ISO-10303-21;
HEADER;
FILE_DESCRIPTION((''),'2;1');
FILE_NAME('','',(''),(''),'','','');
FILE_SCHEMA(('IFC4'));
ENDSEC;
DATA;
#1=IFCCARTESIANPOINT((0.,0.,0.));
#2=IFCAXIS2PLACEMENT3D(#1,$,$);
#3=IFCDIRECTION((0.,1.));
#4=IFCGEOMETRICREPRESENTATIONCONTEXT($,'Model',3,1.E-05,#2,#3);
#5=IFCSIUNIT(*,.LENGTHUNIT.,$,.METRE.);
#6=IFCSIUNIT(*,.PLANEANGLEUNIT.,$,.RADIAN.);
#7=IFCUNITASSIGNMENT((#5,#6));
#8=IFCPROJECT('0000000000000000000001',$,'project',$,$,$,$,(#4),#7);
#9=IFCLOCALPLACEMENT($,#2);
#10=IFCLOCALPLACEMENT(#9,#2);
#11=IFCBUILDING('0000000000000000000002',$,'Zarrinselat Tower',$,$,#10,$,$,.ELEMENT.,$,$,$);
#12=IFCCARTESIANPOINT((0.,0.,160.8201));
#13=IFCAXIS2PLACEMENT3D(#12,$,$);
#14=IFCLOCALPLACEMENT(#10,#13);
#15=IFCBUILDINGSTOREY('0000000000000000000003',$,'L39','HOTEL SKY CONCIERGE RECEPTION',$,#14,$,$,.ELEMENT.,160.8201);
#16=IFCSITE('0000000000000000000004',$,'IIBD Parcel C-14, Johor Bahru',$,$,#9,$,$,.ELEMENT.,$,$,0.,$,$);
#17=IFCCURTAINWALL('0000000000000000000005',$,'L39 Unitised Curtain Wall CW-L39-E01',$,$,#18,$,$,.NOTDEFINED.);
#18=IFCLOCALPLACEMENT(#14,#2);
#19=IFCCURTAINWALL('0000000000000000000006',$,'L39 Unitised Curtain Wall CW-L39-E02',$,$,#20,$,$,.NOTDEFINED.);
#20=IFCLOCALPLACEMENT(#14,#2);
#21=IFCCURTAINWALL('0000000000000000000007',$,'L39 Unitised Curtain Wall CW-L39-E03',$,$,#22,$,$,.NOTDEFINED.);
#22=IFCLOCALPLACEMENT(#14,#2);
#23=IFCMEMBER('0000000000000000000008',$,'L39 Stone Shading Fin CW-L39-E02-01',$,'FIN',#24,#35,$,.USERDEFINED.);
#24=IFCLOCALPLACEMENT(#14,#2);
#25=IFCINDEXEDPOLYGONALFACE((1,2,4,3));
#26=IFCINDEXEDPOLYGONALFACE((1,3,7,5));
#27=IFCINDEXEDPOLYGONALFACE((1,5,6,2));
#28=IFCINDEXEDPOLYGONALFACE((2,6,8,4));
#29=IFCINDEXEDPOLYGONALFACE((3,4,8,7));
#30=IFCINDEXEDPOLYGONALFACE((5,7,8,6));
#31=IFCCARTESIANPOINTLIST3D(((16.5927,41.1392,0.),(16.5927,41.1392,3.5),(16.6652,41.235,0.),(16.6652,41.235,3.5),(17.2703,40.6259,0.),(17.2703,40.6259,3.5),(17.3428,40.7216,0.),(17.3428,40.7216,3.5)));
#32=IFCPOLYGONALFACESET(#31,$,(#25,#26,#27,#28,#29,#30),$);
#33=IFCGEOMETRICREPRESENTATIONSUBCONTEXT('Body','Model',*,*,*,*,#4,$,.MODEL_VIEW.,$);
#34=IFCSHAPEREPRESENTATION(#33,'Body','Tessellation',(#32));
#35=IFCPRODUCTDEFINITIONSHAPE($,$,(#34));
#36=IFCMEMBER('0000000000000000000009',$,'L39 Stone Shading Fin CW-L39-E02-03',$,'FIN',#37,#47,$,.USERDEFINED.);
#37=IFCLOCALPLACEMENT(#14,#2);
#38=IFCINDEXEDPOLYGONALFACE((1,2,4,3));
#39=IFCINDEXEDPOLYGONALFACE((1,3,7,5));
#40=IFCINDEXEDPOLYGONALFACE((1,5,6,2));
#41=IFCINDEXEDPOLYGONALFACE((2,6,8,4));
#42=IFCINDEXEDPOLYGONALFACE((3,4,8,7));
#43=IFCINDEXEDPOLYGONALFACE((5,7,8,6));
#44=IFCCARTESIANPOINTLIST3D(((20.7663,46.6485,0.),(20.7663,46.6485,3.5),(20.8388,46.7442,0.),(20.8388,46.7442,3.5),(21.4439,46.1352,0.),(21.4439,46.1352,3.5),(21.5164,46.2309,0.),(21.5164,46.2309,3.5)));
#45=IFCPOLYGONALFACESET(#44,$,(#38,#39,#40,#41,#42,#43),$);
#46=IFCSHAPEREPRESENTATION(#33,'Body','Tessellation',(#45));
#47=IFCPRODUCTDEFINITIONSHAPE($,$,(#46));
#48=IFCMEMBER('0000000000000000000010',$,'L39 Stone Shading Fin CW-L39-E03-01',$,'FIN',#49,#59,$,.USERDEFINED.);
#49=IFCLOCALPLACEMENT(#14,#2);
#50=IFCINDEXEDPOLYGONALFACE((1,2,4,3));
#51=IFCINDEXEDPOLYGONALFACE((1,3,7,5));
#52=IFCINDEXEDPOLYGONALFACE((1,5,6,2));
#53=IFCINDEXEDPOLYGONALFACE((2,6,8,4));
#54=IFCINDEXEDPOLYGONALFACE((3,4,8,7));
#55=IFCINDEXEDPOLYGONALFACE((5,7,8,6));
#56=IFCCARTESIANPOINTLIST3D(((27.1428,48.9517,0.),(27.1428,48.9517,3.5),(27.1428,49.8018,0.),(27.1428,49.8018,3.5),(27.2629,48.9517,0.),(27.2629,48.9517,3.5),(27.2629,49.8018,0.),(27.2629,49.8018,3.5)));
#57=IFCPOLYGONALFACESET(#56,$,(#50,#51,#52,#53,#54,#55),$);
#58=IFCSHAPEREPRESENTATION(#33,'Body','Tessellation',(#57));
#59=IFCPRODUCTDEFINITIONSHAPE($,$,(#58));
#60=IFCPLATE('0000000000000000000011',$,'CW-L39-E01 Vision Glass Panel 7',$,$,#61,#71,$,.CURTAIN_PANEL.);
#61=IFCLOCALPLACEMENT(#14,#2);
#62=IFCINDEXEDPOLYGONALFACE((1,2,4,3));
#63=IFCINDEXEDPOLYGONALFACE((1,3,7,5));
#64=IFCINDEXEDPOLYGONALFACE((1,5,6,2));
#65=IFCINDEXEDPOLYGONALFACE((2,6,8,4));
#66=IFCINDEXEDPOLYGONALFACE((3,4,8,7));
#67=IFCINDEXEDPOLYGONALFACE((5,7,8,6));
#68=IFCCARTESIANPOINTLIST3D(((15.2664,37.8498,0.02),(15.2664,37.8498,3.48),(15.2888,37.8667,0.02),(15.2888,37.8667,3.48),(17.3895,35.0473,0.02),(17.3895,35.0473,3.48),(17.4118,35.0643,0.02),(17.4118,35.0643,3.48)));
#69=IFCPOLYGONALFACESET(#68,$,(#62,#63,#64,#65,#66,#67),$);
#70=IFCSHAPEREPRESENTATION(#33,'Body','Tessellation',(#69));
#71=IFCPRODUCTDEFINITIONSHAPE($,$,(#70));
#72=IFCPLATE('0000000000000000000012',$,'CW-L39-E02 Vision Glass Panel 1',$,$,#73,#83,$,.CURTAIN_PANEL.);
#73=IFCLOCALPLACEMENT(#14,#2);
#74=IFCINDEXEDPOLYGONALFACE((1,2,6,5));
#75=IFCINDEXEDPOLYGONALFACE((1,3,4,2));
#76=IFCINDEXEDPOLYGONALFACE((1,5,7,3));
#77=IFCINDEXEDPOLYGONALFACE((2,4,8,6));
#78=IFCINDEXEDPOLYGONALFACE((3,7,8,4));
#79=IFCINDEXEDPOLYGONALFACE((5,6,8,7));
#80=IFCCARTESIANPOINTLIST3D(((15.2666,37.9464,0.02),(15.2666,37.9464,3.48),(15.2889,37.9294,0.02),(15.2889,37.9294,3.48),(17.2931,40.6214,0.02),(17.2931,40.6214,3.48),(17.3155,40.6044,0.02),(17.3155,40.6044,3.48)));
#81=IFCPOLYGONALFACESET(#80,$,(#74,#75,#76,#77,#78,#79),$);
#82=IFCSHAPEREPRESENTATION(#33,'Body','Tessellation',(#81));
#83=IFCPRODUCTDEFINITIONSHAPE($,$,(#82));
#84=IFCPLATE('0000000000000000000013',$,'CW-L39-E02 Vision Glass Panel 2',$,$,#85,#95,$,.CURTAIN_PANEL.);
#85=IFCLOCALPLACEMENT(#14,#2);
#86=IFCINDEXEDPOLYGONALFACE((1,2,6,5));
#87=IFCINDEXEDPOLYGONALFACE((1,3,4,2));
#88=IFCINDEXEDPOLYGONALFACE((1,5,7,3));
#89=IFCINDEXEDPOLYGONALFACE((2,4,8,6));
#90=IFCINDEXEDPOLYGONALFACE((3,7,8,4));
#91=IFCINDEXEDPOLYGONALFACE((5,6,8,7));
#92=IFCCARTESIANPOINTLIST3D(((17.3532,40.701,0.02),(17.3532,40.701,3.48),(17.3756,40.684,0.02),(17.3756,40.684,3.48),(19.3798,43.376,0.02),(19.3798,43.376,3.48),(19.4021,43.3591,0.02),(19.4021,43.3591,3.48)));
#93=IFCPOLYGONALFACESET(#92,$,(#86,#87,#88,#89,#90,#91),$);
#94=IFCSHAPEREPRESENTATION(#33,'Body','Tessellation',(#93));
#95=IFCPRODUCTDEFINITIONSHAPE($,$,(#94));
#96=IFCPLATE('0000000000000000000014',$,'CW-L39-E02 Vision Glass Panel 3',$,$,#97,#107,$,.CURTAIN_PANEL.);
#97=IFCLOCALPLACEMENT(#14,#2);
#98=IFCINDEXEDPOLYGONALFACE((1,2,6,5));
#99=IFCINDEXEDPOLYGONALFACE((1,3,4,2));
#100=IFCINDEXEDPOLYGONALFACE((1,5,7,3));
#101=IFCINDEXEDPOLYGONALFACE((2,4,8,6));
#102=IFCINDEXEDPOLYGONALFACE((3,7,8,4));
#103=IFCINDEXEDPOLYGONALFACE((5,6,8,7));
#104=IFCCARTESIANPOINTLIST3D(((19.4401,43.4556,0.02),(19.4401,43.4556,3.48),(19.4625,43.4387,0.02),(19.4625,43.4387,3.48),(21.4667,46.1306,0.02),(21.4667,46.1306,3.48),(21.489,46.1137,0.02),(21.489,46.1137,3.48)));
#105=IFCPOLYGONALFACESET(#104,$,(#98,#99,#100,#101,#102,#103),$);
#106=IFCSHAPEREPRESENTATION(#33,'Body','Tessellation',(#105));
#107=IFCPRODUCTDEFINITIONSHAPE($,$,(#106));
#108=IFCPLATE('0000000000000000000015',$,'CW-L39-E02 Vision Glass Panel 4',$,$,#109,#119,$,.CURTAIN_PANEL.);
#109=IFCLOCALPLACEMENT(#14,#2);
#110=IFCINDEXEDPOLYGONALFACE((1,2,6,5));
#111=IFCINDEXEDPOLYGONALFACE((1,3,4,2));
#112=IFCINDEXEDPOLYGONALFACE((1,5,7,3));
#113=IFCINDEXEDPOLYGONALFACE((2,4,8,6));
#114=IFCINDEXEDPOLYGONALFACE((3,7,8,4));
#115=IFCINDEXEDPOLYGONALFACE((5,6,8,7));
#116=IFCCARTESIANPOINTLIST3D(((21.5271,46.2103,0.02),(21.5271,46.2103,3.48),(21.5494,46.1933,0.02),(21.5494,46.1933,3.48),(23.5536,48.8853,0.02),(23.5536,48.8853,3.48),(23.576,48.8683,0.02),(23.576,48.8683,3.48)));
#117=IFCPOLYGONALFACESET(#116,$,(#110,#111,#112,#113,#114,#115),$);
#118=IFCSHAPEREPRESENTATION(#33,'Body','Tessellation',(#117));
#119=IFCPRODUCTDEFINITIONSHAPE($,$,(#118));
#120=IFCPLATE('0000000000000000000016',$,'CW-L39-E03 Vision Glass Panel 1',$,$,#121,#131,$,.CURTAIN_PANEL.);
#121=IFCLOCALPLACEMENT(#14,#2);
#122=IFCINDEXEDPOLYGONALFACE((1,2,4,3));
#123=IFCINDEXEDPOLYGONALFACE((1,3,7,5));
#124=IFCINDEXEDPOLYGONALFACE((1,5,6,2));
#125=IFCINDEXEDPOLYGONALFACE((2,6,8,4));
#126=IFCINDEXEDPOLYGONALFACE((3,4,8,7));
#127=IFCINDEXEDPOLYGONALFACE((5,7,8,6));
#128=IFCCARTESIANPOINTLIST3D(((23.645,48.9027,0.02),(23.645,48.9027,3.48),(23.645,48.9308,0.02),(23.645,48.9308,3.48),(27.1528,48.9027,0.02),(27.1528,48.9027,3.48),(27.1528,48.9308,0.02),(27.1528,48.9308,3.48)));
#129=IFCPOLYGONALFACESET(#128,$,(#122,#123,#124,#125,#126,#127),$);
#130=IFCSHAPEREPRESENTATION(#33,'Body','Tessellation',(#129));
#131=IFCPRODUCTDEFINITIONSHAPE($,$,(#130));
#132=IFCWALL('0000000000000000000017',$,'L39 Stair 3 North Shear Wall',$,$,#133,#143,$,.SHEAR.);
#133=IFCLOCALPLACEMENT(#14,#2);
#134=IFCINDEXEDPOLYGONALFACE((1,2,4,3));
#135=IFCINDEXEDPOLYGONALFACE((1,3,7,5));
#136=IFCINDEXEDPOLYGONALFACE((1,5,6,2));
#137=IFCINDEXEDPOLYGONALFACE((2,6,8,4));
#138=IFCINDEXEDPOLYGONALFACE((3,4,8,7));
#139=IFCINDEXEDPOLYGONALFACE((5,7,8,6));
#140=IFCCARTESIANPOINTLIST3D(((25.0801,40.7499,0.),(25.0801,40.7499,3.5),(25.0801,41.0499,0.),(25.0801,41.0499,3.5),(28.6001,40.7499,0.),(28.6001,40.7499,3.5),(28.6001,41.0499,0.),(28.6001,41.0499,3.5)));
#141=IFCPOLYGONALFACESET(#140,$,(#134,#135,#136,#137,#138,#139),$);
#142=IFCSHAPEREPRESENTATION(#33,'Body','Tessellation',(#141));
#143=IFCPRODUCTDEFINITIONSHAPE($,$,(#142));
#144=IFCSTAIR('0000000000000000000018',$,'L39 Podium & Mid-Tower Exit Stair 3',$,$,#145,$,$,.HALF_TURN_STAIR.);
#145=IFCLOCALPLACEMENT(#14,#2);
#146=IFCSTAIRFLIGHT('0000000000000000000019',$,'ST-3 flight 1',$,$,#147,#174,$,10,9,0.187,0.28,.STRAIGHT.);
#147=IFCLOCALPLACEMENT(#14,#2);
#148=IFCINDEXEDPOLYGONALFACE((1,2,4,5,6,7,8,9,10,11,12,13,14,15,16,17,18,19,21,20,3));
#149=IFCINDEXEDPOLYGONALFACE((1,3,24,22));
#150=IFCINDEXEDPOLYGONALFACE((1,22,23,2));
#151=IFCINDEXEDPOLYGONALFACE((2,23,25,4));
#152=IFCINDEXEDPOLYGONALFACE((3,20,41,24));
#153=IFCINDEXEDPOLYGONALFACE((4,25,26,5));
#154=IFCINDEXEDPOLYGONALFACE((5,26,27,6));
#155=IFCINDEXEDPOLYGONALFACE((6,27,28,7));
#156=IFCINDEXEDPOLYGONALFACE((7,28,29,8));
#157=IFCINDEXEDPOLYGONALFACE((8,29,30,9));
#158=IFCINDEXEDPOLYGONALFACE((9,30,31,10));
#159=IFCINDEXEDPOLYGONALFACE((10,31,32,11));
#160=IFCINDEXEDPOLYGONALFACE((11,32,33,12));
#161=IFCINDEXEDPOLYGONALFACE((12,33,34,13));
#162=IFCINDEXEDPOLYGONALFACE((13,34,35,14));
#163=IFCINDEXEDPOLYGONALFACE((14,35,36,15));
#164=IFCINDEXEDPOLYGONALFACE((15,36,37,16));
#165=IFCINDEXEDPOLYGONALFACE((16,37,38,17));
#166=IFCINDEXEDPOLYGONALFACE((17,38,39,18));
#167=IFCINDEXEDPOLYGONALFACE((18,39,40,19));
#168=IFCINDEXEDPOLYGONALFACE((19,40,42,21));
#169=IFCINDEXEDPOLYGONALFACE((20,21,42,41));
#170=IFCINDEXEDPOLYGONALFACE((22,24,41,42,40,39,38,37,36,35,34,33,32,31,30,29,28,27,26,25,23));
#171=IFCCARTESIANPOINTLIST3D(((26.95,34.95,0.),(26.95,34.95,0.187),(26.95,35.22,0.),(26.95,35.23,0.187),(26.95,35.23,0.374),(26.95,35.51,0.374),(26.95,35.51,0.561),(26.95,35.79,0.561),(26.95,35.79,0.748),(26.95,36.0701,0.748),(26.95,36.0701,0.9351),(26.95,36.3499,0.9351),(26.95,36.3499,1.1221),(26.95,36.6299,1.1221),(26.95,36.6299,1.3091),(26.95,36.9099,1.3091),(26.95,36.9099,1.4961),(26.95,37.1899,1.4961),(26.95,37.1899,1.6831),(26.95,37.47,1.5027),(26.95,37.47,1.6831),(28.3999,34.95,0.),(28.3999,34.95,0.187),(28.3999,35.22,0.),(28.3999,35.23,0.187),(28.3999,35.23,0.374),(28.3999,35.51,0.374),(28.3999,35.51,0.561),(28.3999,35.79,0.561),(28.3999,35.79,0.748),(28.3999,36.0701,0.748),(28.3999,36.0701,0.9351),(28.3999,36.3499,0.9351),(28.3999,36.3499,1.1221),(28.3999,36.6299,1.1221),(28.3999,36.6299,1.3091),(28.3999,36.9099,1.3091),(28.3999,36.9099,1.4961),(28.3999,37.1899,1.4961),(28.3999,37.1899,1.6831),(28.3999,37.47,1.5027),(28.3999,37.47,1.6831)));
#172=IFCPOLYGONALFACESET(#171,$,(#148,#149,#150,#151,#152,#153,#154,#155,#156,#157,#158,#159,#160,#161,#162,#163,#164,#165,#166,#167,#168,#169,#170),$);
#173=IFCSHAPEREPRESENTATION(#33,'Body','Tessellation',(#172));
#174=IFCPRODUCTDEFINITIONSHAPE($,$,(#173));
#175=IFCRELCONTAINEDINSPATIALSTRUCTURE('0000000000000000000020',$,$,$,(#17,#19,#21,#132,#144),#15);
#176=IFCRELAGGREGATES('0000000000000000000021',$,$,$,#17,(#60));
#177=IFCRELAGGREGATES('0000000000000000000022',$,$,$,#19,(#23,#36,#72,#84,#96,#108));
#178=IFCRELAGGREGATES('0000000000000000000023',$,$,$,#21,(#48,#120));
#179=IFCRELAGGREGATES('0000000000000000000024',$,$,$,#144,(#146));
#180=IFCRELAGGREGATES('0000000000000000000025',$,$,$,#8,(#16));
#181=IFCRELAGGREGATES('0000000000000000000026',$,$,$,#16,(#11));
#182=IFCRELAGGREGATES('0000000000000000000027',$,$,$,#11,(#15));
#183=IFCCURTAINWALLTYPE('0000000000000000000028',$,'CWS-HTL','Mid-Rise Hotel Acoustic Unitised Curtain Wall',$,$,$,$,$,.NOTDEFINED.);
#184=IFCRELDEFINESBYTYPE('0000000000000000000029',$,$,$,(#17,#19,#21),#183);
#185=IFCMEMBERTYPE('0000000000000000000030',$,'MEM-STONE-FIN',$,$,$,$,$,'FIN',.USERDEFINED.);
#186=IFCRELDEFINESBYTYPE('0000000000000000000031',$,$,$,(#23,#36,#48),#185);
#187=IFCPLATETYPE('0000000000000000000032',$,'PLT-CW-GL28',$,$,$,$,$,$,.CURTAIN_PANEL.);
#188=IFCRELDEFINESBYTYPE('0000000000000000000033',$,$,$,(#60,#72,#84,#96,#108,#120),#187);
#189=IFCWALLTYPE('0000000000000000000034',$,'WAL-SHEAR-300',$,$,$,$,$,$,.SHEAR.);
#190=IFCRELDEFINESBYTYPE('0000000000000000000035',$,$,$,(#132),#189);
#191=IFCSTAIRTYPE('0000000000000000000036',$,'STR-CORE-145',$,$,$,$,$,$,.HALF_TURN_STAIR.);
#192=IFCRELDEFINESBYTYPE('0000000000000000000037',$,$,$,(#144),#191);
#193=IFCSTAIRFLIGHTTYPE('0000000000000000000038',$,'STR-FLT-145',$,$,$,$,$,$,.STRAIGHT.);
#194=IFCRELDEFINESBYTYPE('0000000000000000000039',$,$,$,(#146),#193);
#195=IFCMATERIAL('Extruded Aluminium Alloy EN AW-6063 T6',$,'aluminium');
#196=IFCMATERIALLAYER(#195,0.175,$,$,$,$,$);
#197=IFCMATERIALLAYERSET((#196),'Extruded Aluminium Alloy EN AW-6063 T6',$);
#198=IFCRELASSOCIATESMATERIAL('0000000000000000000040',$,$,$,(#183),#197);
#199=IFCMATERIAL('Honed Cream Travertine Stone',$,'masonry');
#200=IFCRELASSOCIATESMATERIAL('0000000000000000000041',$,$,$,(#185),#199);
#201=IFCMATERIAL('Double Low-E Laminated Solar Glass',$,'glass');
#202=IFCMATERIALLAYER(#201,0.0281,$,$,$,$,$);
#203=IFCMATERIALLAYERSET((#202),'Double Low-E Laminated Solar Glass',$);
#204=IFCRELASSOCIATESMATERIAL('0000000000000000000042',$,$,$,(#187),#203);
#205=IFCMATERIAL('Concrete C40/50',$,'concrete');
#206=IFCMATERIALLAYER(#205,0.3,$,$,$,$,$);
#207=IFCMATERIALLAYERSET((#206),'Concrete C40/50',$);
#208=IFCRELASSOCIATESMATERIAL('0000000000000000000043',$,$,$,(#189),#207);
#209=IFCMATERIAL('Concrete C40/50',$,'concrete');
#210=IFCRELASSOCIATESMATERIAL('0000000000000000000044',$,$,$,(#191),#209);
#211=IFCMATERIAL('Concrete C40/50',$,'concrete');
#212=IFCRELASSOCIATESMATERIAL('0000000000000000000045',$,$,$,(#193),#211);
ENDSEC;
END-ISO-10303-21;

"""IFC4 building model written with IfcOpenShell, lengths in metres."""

from ifc_helpers import new_model, si_unit, direction, frame, frame_2d, origin, origin_2d, place, context, subcontext, project, spatial, polyline, rectangle, outline, extrude, material, layer, layer_set, material_profile, profile_set, type_object, element, aggregate, save


model = new_model("IFC4")

# Units and contexts
model_context = context("Model", 3, precision=1e-05, world=origin(), true_north=direction((0.0, 1.0)))
body_context = subcontext(model_context, "Body", "Model", "MODEL_VIEW")
ifc_project = project(units=[si_unit("LENGTHUNIT", "METRE"), si_unit("PLANEANGLEUNIT", "RADIAN")], contexts=[model_context])

# Site, building, storey
site_placement = place(None, origin())
site = spatial("IfcSite", under=ifc_project, at=site_placement, Name="IIBD Parcel C-14, Johor Bahru", CompositionType="ELEMENT", RefElevation=0.0)
building_placement = place(site_placement, origin())
building = spatial("IfcBuilding", under=site, at=building_placement, Name="Zarrinselat Tower", CompositionType="ELEMENT")
storey_placement = place(building_placement, frame((0.0, 0.0, 160.8201)))
storey = spatial("IfcBuildingStorey", under=building, at=storey_placement, Name="L39", Description="HOTEL SKY CONCIERGE RECEPTION", CompositionType="ELEMENT", Elevation=160.8201)

# Curtain walls
ifc_material_1 = material(Name="Extruded Aluminium Alloy EN AW-6063 T6", Category="aluminium")
ifc_layer_1 = layer(ifc_material_1, 0.175)
ifc_layer_set_1 = layer_set([ifc_layer_1], Name="Extruded Aluminium Alloy EN AW-6063 T6")
curtain_wall_type = type_object("IfcCurtainWallType", Name="CWS-HTL", Description="Mid-Rise Hotel Acoustic Unitised Curtain Wall", PredefinedType="NOTDEFINED", material=ifc_layer_set_1)
curtain_wall_1_placement = place(storey_placement, origin())
curtain_wall_1 = element("IfcCurtainWall", 1, at=curtain_wall_1_placement, inside=storey, type_object=curtain_wall_type, Name="L39 Unitised Curtain Wall CW-L39-E01", PredefinedType="NOTDEFINED")
curtain_wall_2_placement = place(storey_placement, origin())
curtain_wall_2 = element("IfcCurtainWall", 2, at=curtain_wall_2_placement, inside=storey, type_object=curtain_wall_type, Name="L39 Unitised Curtain Wall CW-L39-E02", PredefinedType="NOTDEFINED")

# Curtain wall
curtain_wall_3_placement = place(storey_placement, origin())
curtain_wall_3 = element("IfcCurtainWall", 3, at=curtain_wall_3_placement, inside=storey, type_object=curtain_wall_type, Name="L39 Unitised Curtain Wall CW-L39-E03", PredefinedType="NOTDEFINED")

# Members
ifc_material_2 = material(Name="Honed Cream Travertine Stone", Category="masonry")
ifc_material_profile_1 = material_profile(ifc_material_2, rectangle(XDim=0.1201, YDim=0.8501, at=origin_2d()), Name="FIN 850x120")
ifc_profile_set_1 = profile_set([ifc_material_profile_1], Name="Honed Cream Travertine Stone")
member_type_1 = type_object("IfcMemberType", Name="MEM-STONE-FIN", ElementType="FIN", PredefinedType="USERDEFINED", material=ifc_profile_set_1)
member_1_placement = place(storey_placement, frame((16.9678, 40.9304, 0.0), z_axis=(0.0, 0.0, 1.0), x_axis=(0.603858, 0.797092, 0.0)))
member_1 = element("IfcMember", 4, at=member_1_placement, type_object=member_type_1, Name="L39 Stone Shading Fin CW-L39-E02-01", ObjectType="FIN", PredefinedType="USERDEFINED", context=body_context, shape_type="SweptSolid", body=[
    extrude(rectangle(XDim=0.1201, YDim=0.8501, at=origin_2d()), origin(), (0.0, 0.0, 1.0), 3.5),
])
member_2_placement = place(storey_placement, frame((21.1414, 46.4397, 0.0), z_axis=(0.0, 0.0, 1.0), x_axis=(0.603858, 0.797092, 0.0)))
member_2 = element("IfcMember", 5, at=member_2_placement, type_object=member_type_1, Name="L39 Stone Shading Fin CW-L39-E02-03", ObjectType="FIN", PredefinedType="USERDEFINED", context=body_context, shape_type="SweptSolid", body=[
    extrude(rectangle(XDim=0.1201, YDim=0.8501, at=origin_2d()), origin(), (0.0, 0.0, 1.0), 3.5),
])
member_3_placement = place(storey_placement, frame((27.2029, 49.3767, 0.0), z_axis=(0.0, 0.0, 1.0), x_axis=(1.0, 0.0, 0.0)))
member_3 = element("IfcMember", 6, at=member_3_placement, type_object=member_type_1, Name="L39 Stone Shading Fin CW-L39-E03-01", ObjectType="FIN", PredefinedType="USERDEFINED", context=body_context, shape_type="SweptSolid", body=[
    extrude(rectangle(XDim=0.1201, YDim=0.8501, at=origin_2d()), origin(), (0.0, 0.0, 1.0), 3.5),
])

# Plates
ifc_material_3 = material(Name="Double Low-E Laminated Solar Glass", Category="glass")
ifc_layer_2 = layer(ifc_material_3, 0.0281)
ifc_layer_set_2 = layer_set([ifc_layer_2], Name="Double Low-E Laminated Solar Glass")
plate_type = type_object("IfcPlateType", Name="PLT-CW-GL28", PredefinedType="CURTAIN_PANEL", material=ifc_layer_set_2)
plate_1_placement = place(storey_placement, frame((16.3391, 36.457, 0.02), z_axis=(0.0, 0.0, 1.0), x_axis=(-0.603858, 0.797092, 0.0)))
plate_1 = element("IfcPlate", 7, at=plate_1_placement, type_object=plate_type, Name="CW-L39-E01 Vision Glass Panel 7", PredefinedType="CURTAIN_PANEL", context=body_context, shape_type="SweptSolid", body=[
    extrude(rectangle(XDim=3.5159, YDim=0.0281, at=origin_2d()), origin(), (0.0, 0.0, 1.0), 3.46),
])
aggregate(curtain_wall_1, [plate_1])
plate_2_placement = place(storey_placement, frame((16.291, 39.2754, 0.02), z_axis=(0.0, 0.0, 1.0), x_axis=(0.603858, 0.797092, 0.0)))
plate_2 = element("IfcPlate", 8, at=plate_2_placement, type_object=plate_type, Name="CW-L39-E02 Vision Glass Panel 1", PredefinedType="CURTAIN_PANEL", context=body_context, shape_type="SweptSolid", body=[
    extrude(rectangle(XDim=3.356, YDim=0.0281, at=origin_2d()), origin(), (0.0, 0.0, 1.0), 3.46),
])
plate_3_placement = place(storey_placement, frame((18.3777, 42.03, 0.02), z_axis=(0.0, 0.0, 1.0), x_axis=(0.603858, 0.797092, 0.0)))
plate_3 = element("IfcPlate", 9, at=plate_3_placement, type_object=plate_type, Name="CW-L39-E02 Vision Glass Panel 2", PredefinedType="CURTAIN_PANEL", context=body_context, shape_type="SweptSolid", body=[
    extrude(rectangle(XDim=3.356, YDim=0.0281, at=origin_2d()), origin(), (0.0, 0.0, 1.0), 3.46),
])
plate_4_placement = place(storey_placement, frame((20.4646, 44.7847, 0.02), z_axis=(0.0, 0.0, 1.0), x_axis=(0.603858, 0.797092, 0.0)))
plate_4 = element("IfcPlate", 10, at=plate_4_placement, type_object=plate_type, Name="CW-L39-E02 Vision Glass Panel 3", PredefinedType="CURTAIN_PANEL", context=body_context, shape_type="SweptSolid", body=[
    extrude(rectangle(XDim=3.356, YDim=0.0281, at=origin_2d()), origin(), (0.0, 0.0, 1.0), 3.46),
])
plate_5_placement = place(storey_placement, frame((22.5515, 47.5393, 0.02), z_axis=(0.0, 0.0, 1.0), x_axis=(0.603858, 0.797092, 0.0)))
plate_5 = element("IfcPlate", 11, at=plate_5_placement, type_object=plate_type, Name="CW-L39-E02 Vision Glass Panel 4", PredefinedType="CURTAIN_PANEL", context=body_context, shape_type="SweptSolid", body=[
    extrude(rectangle(XDim=3.356, YDim=0.0281, at=origin_2d()), origin(), (0.0, 0.0, 1.0), 3.46),
])
aggregate(curtain_wall_2, [member_1, member_2, plate_2, plate_3, plate_4, plate_5])
plate_6_placement = place(storey_placement, frame((25.3989, 48.9167, 0.02), z_axis=(0.0, 0.0, 1.0), x_axis=(1.0, 0.0, 0.0)))
plate_6 = element("IfcPlate", 12, at=plate_6_placement, type_object=plate_type, Name="CW-L39-E03 Vision Glass Panel 1", PredefinedType="CURTAIN_PANEL", context=body_context, shape_type="SweptSolid", body=[
    extrude(rectangle(XDim=3.5078, YDim=0.0281, at=origin_2d()), origin(), (0.0, 0.0, 1.0), 3.46),
])
aggregate(curtain_wall_3, [member_3, plate_6])

# Wall
ifc_material_4 = material(Name="Concrete C40/50", Category="concrete")
ifc_layer_3 = layer(ifc_material_4, 0.3)
ifc_layer_set_3 = layer_set([ifc_layer_3], Name="Concrete C40/50")
wall_type = type_object("IfcWallType", Name="WAL-SHEAR-300", PredefinedType="SHEAR", material=ifc_layer_set_3)
wall_placement = place(storey_placement, frame((25.0801, 40.8999, 0.0), z_axis=(0.0, 0.0, 1.0), x_axis=(1.0, 0.0, 0.0)))
element("IfcWall", 13, at=wall_placement, inside=storey, type_object=wall_type, Name="L39 Stair 3 North Shear Wall", PredefinedType="SHEAR", context=body_context, shape_type="SweptSolid", body=[
    extrude(rectangle(XDim=3.52, YDim=0.3, at=frame_2d((1.76, 0.0))), origin(), (0.0, 0.0, 1.0), 3.5),
])

# Stair, stair flight
ifc_material_5 = material(Name="Concrete C40/50", Category="concrete")
stair_type = type_object("IfcStairType", Name="STR-CORE-145", PredefinedType="HALF_TURN_STAIR", material=ifc_material_5)
stair_placement = place(storey_placement, origin())
stair = element("IfcStair", 14, at=stair_placement, inside=storey, type_object=stair_type, Name="L39 Podium & Mid-Tower Exit Stair 3", PredefinedType="HALF_TURN_STAIR")
ifc_material_6 = material(Name="Concrete C40/50", Category="concrete")
stair_flight_type = type_object("IfcStairFlightType", Name="STR-FLT-145", PredefinedType="STRAIGHT", material=ifc_material_6)
stair_flight_1_placement = place(storey_placement, frame((27.675, 34.95, 0.0), z_axis=(0.0, 0.0, 1.0), x_axis=(0.0, 1.0, 0.0)))
stair_flight_1 = element("IfcStairFlight", 15, at=stair_flight_1_placement, type_object=stair_flight_type, Name="ST-3 flight 1", NumberOfRisers=10, NumberOfTreads=9, PredefinedType="STRAIGHT", RiserHeight=0.187, TreadLength=0.28, context=body_context, shape_type="SweptSolid", body=[
    extrude(outline(polyline([(0.0, 0.0), (0.0, 0.187), (0.28, 0.187), (0.28, 0.374), (0.5601, 0.374), (0.5601, 0.561), (0.8401, 0.561), (0.8401, 0.748), (1.1201, 0.748), (1.1201, 0.9351), (1.3999, 0.9351), (1.3999, 1.1221), (1.6799, 1.1221), (1.6799, 1.3091), (1.96, 1.3091), (1.96, 1.4961), (2.24, 1.4961), (2.24, 1.6831), (2.52, 1.6831), (2.52, 1.8701), (2.52, 1.5027), (0.27, 0.0), (0.0, 0.0)])), frame((0.0, 0.7251, 0.0), z_axis=(0.0, -1.0, 0.0), x_axis=(1.0, 0.0, 0.0)), (0.0, 0.0, 1.0), 1.45),
])
aggregate(stair, [stair_flight_1])

save(model, "model.ifc")
